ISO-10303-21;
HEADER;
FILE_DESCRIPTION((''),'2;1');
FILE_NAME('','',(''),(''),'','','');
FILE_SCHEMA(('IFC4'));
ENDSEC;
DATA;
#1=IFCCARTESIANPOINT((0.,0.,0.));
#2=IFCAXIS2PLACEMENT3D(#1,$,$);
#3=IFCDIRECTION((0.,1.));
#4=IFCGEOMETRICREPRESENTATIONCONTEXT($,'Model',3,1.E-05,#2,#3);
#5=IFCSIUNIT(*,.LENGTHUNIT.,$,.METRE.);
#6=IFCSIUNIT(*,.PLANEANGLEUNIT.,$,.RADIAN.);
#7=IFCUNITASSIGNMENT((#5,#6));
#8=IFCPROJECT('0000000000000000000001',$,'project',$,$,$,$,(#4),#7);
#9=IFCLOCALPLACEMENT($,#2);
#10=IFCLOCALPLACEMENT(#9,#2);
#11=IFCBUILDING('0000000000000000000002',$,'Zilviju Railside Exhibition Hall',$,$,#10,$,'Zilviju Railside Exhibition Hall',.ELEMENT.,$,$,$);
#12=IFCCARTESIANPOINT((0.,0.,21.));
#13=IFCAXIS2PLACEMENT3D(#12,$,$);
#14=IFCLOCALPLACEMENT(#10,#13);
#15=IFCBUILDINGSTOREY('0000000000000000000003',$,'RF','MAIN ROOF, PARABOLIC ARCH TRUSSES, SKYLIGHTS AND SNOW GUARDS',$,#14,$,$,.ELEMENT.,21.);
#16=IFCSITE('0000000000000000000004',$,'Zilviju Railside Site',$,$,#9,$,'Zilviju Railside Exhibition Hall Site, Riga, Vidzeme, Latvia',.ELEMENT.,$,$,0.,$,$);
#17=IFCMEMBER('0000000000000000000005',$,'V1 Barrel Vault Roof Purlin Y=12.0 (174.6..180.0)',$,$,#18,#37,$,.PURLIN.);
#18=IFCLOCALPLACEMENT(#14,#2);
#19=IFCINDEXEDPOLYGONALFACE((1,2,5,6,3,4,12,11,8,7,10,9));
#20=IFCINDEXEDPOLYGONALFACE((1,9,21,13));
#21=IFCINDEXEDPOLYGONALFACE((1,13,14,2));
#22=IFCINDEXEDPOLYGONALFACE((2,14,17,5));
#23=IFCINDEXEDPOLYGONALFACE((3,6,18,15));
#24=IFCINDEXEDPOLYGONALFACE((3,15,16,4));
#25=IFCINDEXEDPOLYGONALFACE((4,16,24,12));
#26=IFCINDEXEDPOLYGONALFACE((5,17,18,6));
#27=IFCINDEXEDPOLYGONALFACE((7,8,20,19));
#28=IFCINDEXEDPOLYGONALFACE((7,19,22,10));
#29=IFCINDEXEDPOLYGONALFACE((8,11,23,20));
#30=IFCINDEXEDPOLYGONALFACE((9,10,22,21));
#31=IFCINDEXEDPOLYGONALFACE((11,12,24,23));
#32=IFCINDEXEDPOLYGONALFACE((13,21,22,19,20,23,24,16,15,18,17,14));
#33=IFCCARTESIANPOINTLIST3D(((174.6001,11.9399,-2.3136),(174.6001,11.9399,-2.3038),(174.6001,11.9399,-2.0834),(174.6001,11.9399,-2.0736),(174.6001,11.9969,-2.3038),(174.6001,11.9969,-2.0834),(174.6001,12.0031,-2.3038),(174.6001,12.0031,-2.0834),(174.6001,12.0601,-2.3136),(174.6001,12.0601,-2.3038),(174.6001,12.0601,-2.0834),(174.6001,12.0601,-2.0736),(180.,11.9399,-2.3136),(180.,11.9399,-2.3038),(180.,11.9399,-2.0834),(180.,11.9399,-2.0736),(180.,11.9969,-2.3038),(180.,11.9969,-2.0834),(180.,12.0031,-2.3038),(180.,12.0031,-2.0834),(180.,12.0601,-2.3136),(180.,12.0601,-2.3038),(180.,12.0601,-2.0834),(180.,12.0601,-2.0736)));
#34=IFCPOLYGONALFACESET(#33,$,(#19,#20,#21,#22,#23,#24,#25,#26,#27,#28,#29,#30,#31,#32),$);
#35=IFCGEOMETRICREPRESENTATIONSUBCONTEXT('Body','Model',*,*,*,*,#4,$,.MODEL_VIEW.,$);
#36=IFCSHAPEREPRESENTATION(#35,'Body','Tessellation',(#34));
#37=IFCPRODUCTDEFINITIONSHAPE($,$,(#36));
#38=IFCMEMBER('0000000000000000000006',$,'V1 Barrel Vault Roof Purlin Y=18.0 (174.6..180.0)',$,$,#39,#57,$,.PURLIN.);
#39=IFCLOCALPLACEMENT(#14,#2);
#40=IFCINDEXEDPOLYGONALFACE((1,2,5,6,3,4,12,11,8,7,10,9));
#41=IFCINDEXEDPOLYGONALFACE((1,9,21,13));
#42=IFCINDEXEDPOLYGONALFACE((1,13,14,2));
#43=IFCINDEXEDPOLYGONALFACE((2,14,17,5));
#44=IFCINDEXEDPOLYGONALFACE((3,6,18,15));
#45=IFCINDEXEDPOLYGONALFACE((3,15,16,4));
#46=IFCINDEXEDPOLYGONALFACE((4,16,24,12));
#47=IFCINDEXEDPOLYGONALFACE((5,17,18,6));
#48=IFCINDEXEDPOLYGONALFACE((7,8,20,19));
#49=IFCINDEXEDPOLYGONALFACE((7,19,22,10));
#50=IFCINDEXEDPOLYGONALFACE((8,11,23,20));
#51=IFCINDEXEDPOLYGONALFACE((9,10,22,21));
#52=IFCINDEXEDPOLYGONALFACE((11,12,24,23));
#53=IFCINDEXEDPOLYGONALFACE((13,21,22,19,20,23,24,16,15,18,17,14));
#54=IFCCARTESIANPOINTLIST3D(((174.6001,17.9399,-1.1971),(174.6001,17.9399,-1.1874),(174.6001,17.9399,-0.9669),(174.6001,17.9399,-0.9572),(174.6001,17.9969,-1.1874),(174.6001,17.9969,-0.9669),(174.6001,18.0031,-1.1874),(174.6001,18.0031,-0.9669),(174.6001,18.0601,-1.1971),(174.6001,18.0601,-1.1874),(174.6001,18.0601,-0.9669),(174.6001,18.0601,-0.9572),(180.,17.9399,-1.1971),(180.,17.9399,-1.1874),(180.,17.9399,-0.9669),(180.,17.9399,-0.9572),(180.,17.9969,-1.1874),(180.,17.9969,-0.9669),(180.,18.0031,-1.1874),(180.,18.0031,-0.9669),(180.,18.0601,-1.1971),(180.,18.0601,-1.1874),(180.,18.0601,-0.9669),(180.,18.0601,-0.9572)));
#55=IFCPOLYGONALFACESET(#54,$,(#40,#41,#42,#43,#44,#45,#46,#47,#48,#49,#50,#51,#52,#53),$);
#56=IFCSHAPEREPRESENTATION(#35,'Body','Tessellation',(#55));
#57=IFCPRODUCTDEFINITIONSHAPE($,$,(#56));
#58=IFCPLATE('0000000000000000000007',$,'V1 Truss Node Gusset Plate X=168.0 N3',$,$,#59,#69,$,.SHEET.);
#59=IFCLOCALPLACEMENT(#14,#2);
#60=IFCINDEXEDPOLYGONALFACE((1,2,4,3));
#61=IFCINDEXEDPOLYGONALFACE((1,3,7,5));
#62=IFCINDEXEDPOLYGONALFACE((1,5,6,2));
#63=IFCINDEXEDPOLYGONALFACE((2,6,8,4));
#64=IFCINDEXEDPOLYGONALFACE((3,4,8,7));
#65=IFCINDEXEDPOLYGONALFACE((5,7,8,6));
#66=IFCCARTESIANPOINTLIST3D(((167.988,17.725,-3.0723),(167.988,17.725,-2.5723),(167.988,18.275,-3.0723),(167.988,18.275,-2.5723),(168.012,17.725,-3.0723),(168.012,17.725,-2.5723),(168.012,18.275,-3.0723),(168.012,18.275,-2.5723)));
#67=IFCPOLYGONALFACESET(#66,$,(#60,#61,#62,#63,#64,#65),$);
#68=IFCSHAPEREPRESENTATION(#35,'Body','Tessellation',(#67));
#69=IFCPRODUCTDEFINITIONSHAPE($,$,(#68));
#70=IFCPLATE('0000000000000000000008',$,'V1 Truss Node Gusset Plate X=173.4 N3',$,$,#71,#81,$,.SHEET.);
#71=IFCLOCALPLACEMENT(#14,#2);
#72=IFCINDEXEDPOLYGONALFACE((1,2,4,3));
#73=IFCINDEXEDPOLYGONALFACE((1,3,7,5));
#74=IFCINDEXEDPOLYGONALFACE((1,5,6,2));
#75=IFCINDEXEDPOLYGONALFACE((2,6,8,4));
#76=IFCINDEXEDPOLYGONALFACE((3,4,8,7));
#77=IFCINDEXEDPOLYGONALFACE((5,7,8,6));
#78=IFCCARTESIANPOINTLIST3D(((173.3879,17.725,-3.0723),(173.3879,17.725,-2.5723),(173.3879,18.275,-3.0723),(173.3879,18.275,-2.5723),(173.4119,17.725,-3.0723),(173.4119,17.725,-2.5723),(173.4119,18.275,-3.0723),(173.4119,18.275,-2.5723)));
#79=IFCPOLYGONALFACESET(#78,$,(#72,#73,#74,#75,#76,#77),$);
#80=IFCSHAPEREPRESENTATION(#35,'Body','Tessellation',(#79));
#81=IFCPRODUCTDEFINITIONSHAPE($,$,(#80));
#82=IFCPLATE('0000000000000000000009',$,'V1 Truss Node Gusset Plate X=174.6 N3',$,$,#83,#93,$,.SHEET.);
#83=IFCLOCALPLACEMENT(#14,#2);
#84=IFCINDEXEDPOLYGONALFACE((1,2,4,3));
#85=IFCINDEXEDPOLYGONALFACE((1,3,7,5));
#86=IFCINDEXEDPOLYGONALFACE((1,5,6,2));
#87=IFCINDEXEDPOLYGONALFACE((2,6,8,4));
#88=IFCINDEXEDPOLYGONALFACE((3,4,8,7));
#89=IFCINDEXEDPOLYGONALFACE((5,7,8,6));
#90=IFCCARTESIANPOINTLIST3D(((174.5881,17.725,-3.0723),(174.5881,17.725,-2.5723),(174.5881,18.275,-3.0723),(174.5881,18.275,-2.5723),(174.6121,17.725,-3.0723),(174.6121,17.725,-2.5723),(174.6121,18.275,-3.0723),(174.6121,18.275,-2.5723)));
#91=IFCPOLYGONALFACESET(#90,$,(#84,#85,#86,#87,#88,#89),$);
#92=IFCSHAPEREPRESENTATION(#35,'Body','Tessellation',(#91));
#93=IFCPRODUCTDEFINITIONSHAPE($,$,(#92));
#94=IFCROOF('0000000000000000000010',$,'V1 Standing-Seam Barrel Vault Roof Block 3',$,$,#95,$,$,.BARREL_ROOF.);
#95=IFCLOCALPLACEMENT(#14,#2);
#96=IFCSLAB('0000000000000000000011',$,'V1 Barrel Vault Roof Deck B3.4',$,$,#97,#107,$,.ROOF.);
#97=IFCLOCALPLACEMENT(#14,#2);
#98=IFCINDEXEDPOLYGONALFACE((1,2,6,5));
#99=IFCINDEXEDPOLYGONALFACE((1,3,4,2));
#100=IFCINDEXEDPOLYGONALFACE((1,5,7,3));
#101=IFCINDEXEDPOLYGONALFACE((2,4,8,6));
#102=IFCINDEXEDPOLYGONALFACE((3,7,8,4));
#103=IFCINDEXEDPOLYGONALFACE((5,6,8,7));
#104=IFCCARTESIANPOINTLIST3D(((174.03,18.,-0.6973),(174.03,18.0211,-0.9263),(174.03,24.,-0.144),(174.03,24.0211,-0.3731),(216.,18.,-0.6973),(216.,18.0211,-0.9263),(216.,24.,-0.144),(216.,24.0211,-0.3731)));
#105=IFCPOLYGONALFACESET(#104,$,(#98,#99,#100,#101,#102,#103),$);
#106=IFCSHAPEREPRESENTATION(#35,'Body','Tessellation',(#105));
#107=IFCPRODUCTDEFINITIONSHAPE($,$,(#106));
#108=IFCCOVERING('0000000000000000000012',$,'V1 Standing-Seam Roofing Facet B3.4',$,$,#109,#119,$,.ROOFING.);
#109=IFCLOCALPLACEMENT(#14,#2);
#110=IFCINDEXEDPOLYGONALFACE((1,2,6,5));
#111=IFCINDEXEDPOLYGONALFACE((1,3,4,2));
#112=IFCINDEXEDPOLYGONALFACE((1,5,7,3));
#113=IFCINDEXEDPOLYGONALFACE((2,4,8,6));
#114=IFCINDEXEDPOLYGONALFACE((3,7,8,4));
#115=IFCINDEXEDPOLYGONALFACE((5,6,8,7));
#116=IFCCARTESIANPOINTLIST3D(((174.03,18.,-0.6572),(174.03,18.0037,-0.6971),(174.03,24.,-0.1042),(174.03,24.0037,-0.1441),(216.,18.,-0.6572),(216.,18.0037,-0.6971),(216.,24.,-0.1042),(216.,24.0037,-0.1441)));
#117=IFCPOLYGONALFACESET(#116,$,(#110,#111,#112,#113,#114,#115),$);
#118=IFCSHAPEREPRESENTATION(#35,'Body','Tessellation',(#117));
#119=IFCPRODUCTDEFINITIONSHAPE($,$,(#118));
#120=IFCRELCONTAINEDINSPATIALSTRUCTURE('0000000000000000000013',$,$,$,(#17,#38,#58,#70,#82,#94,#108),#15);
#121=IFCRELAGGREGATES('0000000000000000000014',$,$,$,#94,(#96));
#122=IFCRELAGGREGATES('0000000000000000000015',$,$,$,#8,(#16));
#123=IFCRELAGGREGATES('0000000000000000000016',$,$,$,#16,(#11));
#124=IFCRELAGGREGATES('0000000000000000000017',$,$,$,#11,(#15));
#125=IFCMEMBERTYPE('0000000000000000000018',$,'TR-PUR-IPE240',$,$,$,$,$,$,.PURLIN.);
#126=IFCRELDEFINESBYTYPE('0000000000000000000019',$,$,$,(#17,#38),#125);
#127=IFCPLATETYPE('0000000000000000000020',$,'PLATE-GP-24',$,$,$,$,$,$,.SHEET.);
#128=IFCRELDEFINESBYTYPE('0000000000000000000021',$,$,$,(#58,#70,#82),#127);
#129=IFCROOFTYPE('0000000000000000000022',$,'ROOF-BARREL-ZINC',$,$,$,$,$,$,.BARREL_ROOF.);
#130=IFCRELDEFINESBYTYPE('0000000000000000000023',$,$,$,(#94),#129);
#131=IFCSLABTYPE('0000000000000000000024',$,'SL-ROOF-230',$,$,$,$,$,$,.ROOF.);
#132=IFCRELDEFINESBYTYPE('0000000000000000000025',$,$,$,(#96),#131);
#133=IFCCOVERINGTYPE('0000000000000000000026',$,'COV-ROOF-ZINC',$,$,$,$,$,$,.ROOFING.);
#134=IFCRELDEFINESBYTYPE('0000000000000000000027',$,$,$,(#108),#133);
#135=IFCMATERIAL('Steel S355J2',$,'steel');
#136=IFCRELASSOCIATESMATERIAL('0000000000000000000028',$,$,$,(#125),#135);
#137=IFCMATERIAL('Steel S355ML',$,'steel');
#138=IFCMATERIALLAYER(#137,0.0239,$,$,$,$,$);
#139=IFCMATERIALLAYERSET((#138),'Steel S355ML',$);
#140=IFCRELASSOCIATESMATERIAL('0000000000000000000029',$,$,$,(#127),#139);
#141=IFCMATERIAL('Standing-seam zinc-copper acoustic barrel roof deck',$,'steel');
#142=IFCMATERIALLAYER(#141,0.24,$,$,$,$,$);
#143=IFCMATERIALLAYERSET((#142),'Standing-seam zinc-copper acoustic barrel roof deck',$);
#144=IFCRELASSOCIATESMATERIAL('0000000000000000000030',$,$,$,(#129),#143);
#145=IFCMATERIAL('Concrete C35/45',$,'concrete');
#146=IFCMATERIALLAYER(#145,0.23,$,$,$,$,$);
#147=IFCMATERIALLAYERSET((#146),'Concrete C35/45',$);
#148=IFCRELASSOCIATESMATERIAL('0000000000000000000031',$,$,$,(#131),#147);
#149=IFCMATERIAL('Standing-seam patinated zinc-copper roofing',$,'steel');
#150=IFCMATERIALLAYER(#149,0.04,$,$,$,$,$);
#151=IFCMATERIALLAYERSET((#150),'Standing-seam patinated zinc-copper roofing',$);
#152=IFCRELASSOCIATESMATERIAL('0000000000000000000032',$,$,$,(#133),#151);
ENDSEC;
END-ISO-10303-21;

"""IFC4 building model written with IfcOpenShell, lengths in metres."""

from ifc_helpers import new_model, si_unit, direction, frame, origin, origin_2d, place, context, subcontext, project, spatial, polyline, rectangle, i_section, outline, extrude, material, layer, layer_set, material_profile, profile_set, type_object, element, aggregate, save


model = new_model("IFC4")

# Units and contexts
model_context = context("Model", 3, precision=1e-05, world=origin(), true_north=direction((0.0, 1.0)))
body_context = subcontext(model_context, "Body", "Model", "MODEL_VIEW")
ifc_project = project(units=[si_unit("LENGTHUNIT", "METRE"), si_unit("PLANEANGLEUNIT", "RADIAN")], contexts=[model_context])

# Site, building, storey
site_placement = place(None, origin())
site = spatial("IfcSite", under=ifc_project, at=site_placement, Name="Zilviju Railside Site", LongName="Zilviju Railside Exhibition Hall Site, Riga, Vidzeme, Latvia", CompositionType="ELEMENT", RefElevation=0.0)
building_placement = place(site_placement, origin())
building = spatial("IfcBuilding", under=site, at=building_placement, Name="Zilviju Railside Exhibition Hall", LongName="Zilviju Railside Exhibition Hall", CompositionType="ELEMENT")
storey_placement = place(building_placement, frame((0.0, 0.0, 21.0)))
storey = spatial("IfcBuildingStorey", under=building, at=storey_placement, Name="RF", Description="MAIN ROOF, PARABOLIC ARCH TRUSSES, SKYLIGHTS AND SNOW GUARDS", CompositionType="ELEMENT", Elevation=21.0)

# Members
ifc_material_1 = material(Name="Steel S355J2", Category="steel")
ifc_material_profile_1 = material_profile(ifc_material_1, i_section(OverallWidth=0.1201, OverallDepth=0.24, WebThickness=0.0061, FlangeThickness=0.0098, at=origin_2d()), Name="IPE 240")
ifc_profile_set_1 = profile_set([ifc_material_profile_1], Name="Steel S355J2")
member_type_1 = type_object("IfcMemberType", Name="TR-PUR-IPE240", PredefinedType="PURLIN", material=ifc_profile_set_1)
for number, where, z_axis, x_axis, name in (
    (1, (174.6001, 12.0, -2.1936), (1.0, 0.0, 0.0), (0.0, 1.0, 0.0), "V1 Barrel Vault Roof Purlin Y=12.0 (174.6..180.0)"),
    (2, (174.6001, 18.0, -1.0771), (1.0, 0.0, 0.0), (0.0, 1.0, 0.0), "V1 Barrel Vault Roof Purlin Y=18.0 (174.6..180.0)"),
):
    element("IfcMember", number, at=place(storey_placement, frame(where, z_axis=z_axis, x_axis=x_axis)), inside=storey, type_object=member_type_1, Name=name, PredefinedType="PURLIN", context=body_context, shape_type="SweptSolid", body=[
        extrude(i_section(OverallWidth=0.1201, OverallDepth=0.24, WebThickness=0.0061, FlangeThickness=0.0098, at=origin_2d()), origin(), (0.0, 0.0, 1.0), 5.3999),
    ])

# Plates
ifc_material_2 = material(Name="Steel S355ML", Category="steel")
ifc_layer_1 = layer(ifc_material_2, 0.0239)
ifc_layer_set_1 = layer_set([ifc_layer_1], Name="Steel S355ML")
plate_type = type_object("IfcPlateType", Name="PLATE-GP-24", PredefinedType="SHEET", material=ifc_layer_set_1)
for number, where, z_axis, x_axis, name in (
    (3, (168.0, 18.0, -3.0723), (0.0, 0.0, 1.0), (1.0, 0.0, 0.0), "V1 Truss Node Gusset Plate X=168.0 N3"),
    (4, (173.3999, 18.0, -3.0723), (0.0, 0.0, 1.0), (1.0, 0.0, 0.0), "V1 Truss Node Gusset Plate X=173.4 N3"),
    (5, (174.6001, 18.0, -3.0723), (0.0, 0.0, 1.0), (1.0, 0.0, 0.0), "V1 Truss Node Gusset Plate X=174.6 N3"),
):
    element("IfcPlate", number, at=place(storey_placement, frame(where, z_axis=z_axis, x_axis=x_axis)), inside=storey, type_object=plate_type, Name=name, PredefinedType="SHEET", context=body_context, shape_type="SweptSolid", body=[
        extrude(rectangle(XDim=0.0239, YDim=0.55, at=origin_2d()), origin(), (0.0, 0.0, 1.0), 0.5),
    ])

# Roof, slab
ifc_material_3 = material(Name="Standing-seam zinc-copper acoustic barrel roof deck", Category="steel")
ifc_layer_2 = layer(ifc_material_3, 0.24)
ifc_layer_set_2 = layer_set([ifc_layer_2], Name="Standing-seam zinc-copper acoustic barrel roof deck")
roof_type = type_object("IfcRoofType", Name="ROOF-BARREL-ZINC", PredefinedType="BARREL_ROOF", material=ifc_layer_set_2)
roof_placement = place(storey_placement, origin())
roof = element("IfcRoof", 6, at=roof_placement, inside=storey, type_object=roof_type, Name="V1 Standing-Seam Barrel Vault Roof Block 3", PredefinedType="BARREL_ROOF")
ifc_material_4 = material(Name="Concrete C35/45", Category="concrete")
ifc_layer_3 = layer(ifc_material_4, 0.23)
ifc_layer_set_3 = layer_set([ifc_layer_3], Name="Concrete C35/45")
slab_type = type_object("IfcSlabType", Name="SL-ROOF-230", PredefinedType="ROOF", material=ifc_layer_set_3)
slab_placement = place(storey_placement, frame((174.03, 18.0, -0.6973), z_axis=(0.0, -0.091814, 0.995776), x_axis=(1.0, 0.0, 0.0)))
slab = element("IfcSlab", 7, at=slab_placement, type_object=slab_type, Name="V1 Barrel Vault Roof Deck B3.4", PredefinedType="ROOF", context=body_context, shape_type="SweptSolid", body=[
    extrude(outline(polyline([(0.0, 0.0), (41.97, 0.0), (41.97, 6.0255), (0.0, 6.0255), (0.0, 0.0)])), origin(), (0.0, 0.0, -1.0), 0.23),
])
aggregate(roof, [slab])

# Covering
ifc_material_5 = material(Name="Standing-seam patinated zinc-copper roofing", Category="steel")
ifc_layer_4 = layer(ifc_material_5, 0.04)
ifc_layer_set_4 = layer_set([ifc_layer_4], Name="Standing-seam patinated zinc-copper roofing")
covering_type = type_object("IfcCoveringType", Name="COV-ROOF-ZINC", PredefinedType="ROOFING", material=ifc_layer_set_4)
covering_placement = place(storey_placement, frame((174.03, 18.0, -0.6572), z_axis=(0.0, -0.091774, 0.99578), x_axis=(1.0, 0.0, 0.0)))
element("IfcCovering", 8, at=covering_placement, inside=storey, type_object=covering_type, Name="V1 Standing-Seam Roofing Facet B3.4", PredefinedType="ROOFING", context=body_context, shape_type="SweptSolid", body=[
    extrude(outline(polyline([(0.0, 0.0), (41.97, 0.0), (41.97, 6.0254), (0.0, 6.0254), (0.0, 0.0)])), origin(), (0.0, 0.0, -1.0), 0.04),
])

save(model, "model.ifc")
